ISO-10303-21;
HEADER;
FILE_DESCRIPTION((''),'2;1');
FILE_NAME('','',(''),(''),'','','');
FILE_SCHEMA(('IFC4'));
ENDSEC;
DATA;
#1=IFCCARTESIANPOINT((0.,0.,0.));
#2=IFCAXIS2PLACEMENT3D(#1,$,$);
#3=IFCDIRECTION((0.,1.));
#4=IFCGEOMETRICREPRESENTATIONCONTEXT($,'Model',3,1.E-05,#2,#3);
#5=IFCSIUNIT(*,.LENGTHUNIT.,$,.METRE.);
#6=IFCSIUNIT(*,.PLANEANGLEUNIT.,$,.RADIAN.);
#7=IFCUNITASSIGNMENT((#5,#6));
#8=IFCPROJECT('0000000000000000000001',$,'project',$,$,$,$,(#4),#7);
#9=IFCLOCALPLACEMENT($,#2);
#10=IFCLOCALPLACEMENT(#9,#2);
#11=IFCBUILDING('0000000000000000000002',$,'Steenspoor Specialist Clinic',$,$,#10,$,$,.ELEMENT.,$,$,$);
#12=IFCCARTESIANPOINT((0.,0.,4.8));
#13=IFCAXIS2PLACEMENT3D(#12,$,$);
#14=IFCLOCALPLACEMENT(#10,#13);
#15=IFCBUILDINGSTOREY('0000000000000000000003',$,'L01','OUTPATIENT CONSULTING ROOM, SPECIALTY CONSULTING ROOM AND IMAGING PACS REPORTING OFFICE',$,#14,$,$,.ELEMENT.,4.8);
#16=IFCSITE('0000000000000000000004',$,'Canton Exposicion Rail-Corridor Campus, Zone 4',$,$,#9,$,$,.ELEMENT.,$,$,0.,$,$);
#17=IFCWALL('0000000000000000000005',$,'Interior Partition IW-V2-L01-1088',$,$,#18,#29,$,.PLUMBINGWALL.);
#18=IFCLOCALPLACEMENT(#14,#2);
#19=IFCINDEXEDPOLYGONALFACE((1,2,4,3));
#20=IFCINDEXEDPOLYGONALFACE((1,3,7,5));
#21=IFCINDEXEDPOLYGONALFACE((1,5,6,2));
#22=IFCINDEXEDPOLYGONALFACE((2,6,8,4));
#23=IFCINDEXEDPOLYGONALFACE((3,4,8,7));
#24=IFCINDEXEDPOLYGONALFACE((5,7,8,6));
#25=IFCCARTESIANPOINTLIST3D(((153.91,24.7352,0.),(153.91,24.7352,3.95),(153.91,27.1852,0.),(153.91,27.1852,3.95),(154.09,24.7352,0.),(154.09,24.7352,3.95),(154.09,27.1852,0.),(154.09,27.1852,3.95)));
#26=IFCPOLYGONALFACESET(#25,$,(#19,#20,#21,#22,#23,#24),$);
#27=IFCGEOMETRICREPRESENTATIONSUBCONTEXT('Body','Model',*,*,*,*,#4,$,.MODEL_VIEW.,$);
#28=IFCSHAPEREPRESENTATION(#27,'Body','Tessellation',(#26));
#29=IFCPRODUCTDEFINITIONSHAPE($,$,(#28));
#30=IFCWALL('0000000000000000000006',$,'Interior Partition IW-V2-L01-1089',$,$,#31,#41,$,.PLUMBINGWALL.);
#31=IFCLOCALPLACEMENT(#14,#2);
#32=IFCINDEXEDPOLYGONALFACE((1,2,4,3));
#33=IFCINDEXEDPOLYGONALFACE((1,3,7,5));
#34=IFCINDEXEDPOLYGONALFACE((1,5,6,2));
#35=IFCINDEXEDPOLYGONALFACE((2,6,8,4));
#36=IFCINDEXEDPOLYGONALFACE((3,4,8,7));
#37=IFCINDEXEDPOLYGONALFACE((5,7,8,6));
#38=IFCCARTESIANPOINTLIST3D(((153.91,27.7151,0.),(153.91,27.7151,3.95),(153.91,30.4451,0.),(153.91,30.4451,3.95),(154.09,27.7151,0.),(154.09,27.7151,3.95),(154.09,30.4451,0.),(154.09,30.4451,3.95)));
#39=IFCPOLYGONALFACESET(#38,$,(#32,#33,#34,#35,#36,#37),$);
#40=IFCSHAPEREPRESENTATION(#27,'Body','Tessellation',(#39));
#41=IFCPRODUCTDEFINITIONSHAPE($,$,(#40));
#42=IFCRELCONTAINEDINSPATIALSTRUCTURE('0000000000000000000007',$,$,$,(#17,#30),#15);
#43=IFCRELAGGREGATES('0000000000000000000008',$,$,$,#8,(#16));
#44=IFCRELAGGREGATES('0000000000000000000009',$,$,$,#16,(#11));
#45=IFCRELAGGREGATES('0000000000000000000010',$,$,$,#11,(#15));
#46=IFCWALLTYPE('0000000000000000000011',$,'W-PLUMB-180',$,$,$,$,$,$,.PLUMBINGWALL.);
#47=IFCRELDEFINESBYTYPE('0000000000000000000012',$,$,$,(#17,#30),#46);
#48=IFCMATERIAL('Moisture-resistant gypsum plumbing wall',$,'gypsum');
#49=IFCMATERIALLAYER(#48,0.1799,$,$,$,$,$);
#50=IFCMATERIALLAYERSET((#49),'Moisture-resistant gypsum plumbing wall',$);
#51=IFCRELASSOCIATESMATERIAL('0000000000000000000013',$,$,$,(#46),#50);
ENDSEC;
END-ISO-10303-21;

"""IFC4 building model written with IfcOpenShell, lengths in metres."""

from ifc_helpers import new_model, si_unit, direction, frame, frame_2d, origin, place, context, subcontext, project, spatial, rectangle, extrude, material, layer, layer_set, type_object, element, save


model = new_model("IFC4")

# Units and contexts
model_context = context("Model", 3, precision=1e-05, world=origin(), true_north=direction((0.0, 1.0)))
body_context = subcontext(model_context, "Body", "Model", "MODEL_VIEW")
ifc_project = project(units=[si_unit("LENGTHUNIT", "METRE"), si_unit("PLANEANGLEUNIT", "RADIAN")], contexts=[model_context])

# Site, building, storey
site_placement = place(None, origin())
site = spatial("IfcSite", under=ifc_project, at=site_placement, Name="Canton Exposicion Rail-Corridor Campus, Zone 4", CompositionType="ELEMENT", RefElevation=0.0)
building_placement = place(site_placement, origin())
building = spatial("IfcBuilding", under=site, at=building_placement, Name="Steenspoor Specialist Clinic", CompositionType="ELEMENT")
storey_placement = place(building_placement, frame((0.0, 0.0, 4.8)))
storey = spatial("IfcBuildingStorey", under=building, at=storey_placement, Name="L01", Description="OUTPATIENT CONSULTING ROOM, SPECIALTY CONSULTING ROOM AND IMAGING PACS REPORTING OFFICE", CompositionType="ELEMENT", Elevation=4.8)

# Shared definitions
ifc_material_1 = material(Name="Moisture-resistant gypsum plumbing wall", Category="gypsum")
ifc_layer_1 = layer(ifc_material_1, 0.1799)
ifc_layer_set_1 = layer_set([ifc_layer_1], Name="Moisture-resistant gypsum plumbing wall")
wall_type_1 = type_object("IfcWallType", Name="W-PLUMB-180", PredefinedType="PLUMBINGWALL", material=ifc_layer_set_1)

# Walls
wall_1_placement = place(storey_placement, frame((154.0, 24.7351, 0.0), z_axis=(0.0, 0.0, 1.0), x_axis=(0.0, 1.0, 0.0)))
element("IfcWall", 1, at=wall_1_placement, inside=storey, type_object=wall_type_1, Name="Interior Partition IW-V2-L01-1088", PredefinedType="PLUMBINGWALL", context=body_context, shape_type="SweptSolid", body=[
    extrude(rectangle(XDim=2.45, YDim=0.1799, at=frame_2d((1.2251, 0.0))), origin(), (0.0, 0.0, 1.0), 3.95),
])
wall_2_placement = place(storey_placement, frame((154.0, 27.7151, 0.0), z_axis=(0.0, 0.0, 1.0), x_axis=(0.0, 1.0, 0.0)))
element("IfcWall", 2, at=wall_2_placement, inside=storey, type_object=wall_type_1, Name="Interior Partition IW-V2-L01-1089", PredefinedType="PLUMBINGWALL", context=body_context, shape_type="SweptSolid", body=[
    extrude(rectangle(XDim=2.73, YDim=0.1799, at=frame_2d((1.365, 0.0))), origin(), (0.0, 0.0, 1.0), 3.95),
])

save(model, "model.ifc")
